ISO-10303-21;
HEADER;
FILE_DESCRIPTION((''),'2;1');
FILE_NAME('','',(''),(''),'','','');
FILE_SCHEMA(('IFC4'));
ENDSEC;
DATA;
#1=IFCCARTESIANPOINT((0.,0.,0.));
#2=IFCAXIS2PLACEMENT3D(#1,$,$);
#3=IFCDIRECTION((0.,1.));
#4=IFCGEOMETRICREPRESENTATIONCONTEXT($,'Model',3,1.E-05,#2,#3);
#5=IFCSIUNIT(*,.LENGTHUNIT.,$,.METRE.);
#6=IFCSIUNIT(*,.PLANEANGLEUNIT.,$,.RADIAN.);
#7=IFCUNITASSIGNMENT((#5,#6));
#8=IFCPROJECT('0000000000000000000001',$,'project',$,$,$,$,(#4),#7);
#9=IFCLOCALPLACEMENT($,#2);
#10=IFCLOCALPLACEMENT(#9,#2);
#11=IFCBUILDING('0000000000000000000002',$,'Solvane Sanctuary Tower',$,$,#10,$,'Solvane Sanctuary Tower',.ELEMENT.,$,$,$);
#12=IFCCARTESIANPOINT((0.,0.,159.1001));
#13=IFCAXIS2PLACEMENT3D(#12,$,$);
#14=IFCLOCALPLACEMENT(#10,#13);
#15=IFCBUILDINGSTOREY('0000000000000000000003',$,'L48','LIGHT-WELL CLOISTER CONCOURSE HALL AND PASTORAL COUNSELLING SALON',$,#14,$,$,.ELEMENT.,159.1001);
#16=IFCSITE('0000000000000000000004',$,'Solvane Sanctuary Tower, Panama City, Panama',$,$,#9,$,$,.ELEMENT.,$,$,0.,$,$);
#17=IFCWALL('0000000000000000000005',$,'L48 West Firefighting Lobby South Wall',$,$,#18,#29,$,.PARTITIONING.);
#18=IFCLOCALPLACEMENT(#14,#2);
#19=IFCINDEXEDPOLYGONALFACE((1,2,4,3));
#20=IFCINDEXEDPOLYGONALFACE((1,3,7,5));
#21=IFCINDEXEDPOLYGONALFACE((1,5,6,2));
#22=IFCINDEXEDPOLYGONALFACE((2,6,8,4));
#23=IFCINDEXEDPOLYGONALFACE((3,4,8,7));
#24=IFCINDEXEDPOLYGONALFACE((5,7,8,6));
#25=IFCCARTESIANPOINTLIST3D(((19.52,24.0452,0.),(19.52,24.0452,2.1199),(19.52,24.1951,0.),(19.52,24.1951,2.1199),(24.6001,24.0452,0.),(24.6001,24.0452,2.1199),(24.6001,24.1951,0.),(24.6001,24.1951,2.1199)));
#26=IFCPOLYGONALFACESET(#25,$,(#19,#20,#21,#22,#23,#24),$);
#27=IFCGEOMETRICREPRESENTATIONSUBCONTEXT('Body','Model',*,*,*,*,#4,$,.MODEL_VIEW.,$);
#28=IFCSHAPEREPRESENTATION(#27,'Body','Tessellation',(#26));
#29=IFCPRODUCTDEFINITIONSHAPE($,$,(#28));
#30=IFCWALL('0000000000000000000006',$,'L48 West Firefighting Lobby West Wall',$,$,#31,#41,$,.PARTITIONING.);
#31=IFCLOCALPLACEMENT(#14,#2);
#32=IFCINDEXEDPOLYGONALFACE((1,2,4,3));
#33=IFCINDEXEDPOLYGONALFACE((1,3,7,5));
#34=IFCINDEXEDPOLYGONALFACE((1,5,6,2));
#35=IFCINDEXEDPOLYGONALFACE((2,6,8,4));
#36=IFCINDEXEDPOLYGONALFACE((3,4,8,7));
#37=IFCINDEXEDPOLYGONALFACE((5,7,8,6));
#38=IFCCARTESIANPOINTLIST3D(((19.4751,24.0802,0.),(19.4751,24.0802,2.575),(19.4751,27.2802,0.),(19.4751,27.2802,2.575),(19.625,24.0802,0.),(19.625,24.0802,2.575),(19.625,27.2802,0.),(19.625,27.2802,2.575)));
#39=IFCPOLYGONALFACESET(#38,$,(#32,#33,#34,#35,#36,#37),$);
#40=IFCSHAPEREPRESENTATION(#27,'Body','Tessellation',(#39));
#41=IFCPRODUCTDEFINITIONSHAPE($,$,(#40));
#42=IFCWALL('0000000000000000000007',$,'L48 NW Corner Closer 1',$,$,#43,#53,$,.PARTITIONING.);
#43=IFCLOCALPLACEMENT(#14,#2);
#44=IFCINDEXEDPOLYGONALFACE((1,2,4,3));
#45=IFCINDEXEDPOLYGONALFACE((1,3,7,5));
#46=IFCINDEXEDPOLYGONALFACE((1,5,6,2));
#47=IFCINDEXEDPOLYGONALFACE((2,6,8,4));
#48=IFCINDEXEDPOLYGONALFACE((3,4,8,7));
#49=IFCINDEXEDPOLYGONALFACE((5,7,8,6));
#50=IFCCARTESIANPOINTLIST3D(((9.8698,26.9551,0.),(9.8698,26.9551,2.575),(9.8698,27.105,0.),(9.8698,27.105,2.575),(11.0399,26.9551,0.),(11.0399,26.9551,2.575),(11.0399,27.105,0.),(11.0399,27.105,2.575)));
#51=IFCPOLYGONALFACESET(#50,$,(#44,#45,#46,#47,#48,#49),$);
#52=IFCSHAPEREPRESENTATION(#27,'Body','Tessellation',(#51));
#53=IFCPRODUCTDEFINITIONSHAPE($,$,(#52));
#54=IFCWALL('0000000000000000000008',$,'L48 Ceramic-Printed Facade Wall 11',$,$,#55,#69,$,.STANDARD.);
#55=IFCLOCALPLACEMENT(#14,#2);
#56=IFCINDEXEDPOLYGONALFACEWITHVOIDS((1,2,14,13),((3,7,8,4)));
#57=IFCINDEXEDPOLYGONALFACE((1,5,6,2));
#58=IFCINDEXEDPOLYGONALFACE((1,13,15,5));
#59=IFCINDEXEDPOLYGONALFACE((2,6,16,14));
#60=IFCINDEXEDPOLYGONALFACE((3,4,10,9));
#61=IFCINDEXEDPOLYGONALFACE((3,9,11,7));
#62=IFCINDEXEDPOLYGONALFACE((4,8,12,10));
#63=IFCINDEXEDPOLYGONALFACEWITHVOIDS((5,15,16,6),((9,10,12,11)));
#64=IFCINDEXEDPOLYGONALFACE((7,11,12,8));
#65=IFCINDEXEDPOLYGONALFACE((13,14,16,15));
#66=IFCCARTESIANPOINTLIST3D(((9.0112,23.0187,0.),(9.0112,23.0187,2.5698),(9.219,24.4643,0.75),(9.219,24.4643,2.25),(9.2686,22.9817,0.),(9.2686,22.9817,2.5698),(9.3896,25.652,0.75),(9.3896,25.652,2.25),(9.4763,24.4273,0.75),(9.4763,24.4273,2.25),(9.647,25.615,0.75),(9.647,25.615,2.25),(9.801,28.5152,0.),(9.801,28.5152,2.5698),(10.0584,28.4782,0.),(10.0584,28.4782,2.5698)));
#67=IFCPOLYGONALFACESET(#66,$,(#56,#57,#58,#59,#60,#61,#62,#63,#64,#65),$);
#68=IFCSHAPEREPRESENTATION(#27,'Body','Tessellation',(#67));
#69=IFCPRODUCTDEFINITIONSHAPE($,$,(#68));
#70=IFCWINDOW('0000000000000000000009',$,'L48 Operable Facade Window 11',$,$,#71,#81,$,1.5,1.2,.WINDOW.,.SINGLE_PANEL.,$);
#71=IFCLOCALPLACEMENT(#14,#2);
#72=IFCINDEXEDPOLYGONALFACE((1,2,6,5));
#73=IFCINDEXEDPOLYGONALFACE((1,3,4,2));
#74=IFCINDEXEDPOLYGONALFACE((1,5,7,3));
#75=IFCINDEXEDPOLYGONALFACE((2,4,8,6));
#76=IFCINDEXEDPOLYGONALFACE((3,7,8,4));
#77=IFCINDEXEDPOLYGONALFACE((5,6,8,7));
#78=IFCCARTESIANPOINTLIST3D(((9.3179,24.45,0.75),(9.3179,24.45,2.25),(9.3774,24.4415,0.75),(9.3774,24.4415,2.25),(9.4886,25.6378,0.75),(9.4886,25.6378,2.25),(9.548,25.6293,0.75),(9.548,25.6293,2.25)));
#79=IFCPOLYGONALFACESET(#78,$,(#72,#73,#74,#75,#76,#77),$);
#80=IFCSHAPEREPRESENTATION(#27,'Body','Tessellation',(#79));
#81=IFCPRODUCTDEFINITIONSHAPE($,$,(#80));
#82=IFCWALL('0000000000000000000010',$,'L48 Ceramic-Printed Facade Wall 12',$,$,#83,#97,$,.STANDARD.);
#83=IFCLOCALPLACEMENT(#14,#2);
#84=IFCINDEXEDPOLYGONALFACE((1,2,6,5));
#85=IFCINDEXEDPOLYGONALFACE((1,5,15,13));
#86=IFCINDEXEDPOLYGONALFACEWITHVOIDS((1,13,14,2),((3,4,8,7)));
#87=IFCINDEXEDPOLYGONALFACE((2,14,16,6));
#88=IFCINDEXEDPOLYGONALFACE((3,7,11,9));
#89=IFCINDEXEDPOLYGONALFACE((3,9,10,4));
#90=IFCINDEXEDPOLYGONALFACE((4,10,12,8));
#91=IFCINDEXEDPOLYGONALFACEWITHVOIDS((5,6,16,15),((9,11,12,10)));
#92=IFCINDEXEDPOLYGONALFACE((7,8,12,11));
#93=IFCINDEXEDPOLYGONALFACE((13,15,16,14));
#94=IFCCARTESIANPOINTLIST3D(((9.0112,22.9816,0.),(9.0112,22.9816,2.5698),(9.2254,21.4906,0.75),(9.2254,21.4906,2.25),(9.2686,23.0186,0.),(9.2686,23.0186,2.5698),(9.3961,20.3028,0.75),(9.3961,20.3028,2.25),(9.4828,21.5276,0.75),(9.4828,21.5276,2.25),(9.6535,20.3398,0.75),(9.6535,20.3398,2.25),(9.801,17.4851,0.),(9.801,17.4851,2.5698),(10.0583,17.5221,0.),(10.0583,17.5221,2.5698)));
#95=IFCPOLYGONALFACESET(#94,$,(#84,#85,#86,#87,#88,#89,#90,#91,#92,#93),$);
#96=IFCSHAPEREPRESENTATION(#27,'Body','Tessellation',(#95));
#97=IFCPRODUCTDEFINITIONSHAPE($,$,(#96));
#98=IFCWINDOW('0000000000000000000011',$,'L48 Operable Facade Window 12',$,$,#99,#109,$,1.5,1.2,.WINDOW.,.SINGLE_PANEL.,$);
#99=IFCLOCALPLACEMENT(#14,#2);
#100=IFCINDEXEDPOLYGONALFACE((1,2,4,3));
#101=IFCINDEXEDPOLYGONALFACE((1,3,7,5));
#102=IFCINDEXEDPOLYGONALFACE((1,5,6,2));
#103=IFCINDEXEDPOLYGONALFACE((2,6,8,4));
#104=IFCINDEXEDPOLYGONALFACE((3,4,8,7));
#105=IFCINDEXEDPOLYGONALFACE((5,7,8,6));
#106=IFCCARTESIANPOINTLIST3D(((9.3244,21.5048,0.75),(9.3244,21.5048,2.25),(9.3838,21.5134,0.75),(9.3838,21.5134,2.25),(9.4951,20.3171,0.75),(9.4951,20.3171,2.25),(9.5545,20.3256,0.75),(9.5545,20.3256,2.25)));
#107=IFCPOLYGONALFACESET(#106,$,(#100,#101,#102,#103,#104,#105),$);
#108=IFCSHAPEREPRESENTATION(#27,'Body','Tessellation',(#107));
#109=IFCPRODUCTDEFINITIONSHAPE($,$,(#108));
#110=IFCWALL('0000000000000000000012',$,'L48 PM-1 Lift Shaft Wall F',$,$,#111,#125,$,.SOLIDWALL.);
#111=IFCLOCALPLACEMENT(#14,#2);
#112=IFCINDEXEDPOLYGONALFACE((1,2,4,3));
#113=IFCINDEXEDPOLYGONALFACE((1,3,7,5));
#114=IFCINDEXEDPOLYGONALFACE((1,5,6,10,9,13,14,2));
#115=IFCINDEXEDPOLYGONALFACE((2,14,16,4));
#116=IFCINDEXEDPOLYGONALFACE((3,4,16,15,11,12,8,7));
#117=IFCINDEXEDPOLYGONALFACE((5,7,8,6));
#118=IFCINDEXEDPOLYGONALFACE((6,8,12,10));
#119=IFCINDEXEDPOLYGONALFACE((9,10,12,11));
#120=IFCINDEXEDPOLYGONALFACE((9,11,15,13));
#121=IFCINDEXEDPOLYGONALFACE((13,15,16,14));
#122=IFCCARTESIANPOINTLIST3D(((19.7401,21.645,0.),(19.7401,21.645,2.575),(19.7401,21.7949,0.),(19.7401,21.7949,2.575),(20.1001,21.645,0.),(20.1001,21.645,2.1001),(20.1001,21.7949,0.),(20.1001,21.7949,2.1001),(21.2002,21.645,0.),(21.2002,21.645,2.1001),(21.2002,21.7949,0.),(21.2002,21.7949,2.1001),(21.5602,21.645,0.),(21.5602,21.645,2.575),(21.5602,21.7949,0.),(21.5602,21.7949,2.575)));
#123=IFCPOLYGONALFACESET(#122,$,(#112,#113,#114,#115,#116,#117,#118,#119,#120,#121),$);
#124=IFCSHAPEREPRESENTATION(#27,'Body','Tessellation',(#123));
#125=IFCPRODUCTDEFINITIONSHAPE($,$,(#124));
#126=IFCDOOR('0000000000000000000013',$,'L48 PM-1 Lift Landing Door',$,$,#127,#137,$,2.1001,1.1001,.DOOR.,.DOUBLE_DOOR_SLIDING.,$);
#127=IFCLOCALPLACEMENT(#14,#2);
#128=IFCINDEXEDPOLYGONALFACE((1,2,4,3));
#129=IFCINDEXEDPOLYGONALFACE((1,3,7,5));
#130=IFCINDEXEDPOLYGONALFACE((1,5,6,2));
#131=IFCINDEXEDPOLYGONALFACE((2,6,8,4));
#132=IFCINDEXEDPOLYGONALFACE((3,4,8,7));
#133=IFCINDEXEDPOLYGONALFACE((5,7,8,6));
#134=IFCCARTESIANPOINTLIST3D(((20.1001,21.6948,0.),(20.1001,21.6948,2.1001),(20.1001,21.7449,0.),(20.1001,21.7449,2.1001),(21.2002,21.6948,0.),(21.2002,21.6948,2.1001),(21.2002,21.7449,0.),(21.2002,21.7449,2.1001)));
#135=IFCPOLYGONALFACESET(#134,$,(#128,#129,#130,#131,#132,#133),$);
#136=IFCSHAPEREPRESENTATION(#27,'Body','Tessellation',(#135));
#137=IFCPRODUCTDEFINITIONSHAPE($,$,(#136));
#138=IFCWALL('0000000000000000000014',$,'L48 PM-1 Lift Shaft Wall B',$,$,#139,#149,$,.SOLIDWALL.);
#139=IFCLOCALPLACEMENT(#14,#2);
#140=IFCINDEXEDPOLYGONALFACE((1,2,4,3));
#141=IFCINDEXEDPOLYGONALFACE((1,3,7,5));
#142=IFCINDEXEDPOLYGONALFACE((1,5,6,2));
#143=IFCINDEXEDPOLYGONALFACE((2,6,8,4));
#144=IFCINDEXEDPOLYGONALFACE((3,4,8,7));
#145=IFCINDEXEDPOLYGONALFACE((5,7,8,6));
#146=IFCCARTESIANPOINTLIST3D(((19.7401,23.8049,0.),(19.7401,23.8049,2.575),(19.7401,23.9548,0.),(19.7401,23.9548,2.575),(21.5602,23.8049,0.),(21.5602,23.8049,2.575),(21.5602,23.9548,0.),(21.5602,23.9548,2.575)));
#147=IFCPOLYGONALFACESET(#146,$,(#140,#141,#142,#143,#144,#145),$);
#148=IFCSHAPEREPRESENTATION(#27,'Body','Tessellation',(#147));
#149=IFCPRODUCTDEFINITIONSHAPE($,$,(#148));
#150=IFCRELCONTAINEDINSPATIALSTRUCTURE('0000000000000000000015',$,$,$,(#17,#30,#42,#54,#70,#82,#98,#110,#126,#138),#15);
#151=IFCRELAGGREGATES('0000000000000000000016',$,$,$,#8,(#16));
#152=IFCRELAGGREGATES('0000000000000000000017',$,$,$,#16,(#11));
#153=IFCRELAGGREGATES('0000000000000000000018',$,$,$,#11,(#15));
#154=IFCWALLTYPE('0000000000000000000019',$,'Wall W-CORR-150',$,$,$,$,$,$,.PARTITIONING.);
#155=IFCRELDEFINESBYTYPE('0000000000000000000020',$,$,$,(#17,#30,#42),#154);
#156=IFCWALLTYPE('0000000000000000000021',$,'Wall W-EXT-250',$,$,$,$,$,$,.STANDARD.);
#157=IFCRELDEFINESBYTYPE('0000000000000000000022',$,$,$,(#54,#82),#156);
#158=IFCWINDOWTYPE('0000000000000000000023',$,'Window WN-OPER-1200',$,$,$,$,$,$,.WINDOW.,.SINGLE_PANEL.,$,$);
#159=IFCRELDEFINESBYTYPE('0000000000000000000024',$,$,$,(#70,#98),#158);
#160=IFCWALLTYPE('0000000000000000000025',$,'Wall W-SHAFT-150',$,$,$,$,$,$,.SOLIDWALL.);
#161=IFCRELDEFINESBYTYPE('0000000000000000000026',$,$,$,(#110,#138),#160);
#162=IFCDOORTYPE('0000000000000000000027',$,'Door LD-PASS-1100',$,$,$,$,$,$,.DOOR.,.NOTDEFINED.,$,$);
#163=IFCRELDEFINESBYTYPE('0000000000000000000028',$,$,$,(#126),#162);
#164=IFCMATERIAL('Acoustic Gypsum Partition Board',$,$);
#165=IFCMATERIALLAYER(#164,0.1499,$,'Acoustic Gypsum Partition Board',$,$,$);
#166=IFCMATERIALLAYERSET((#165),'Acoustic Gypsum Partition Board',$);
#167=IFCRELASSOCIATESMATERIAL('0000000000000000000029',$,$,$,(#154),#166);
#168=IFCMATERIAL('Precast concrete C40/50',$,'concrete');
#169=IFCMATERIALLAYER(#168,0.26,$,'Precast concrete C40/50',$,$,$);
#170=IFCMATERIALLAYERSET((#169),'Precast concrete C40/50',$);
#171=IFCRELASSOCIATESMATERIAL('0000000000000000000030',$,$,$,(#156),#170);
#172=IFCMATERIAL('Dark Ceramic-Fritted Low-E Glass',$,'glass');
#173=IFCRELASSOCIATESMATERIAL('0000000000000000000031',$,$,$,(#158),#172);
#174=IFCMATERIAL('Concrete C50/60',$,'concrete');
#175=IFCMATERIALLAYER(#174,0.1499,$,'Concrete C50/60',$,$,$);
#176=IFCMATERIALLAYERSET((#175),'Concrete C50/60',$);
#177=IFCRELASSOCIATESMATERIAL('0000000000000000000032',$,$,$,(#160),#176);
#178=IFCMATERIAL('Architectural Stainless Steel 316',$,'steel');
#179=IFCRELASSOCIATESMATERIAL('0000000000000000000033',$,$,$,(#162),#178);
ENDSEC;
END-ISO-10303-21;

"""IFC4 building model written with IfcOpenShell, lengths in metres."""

from ifc_helpers import new_model, si_unit, direction, frame, frame_2d, origin, place, context, subcontext, project, spatial, rectangle, extrude, material, layer, layer_set, type_object, element, fill, save


model = new_model("IFC4")

# Units and contexts
model_context = context("Model", 3, precision=1e-05, world=origin(), true_north=direction((0.0, 1.0)))
body_context = subcontext(model_context, "Body", "Model", "MODEL_VIEW")
ifc_project = project(units=[si_unit("LENGTHUNIT", "METRE"), si_unit("PLANEANGLEUNIT", "RADIAN")], contexts=[model_context])

# Site, building, storey
site_placement = place(None, origin())
site = spatial("IfcSite", under=ifc_project, at=site_placement, Name="Solvane Sanctuary Tower, Panama City, Panama", CompositionType="ELEMENT", RefElevation=0.0)
building_placement = place(site_placement, origin())
building = spatial("IfcBuilding", under=site, at=building_placement, Name="Solvane Sanctuary Tower", LongName="Solvane Sanctuary Tower", CompositionType="ELEMENT")
storey_placement = place(building_placement, frame((0.0, 0.0, 159.1001)))
storey = spatial("IfcBuildingStorey", under=building, at=storey_placement, Name="L48", Description="LIGHT-WELL CLOISTER CONCOURSE HALL AND PASTORAL COUNSELLING SALON", CompositionType="ELEMENT", Elevation=159.1001)

# Walls
ifc_material_1 = material(Name="Acoustic Gypsum Partition Board")
ifc_layer_1 = layer(ifc_material_1, 0.1499, Name="Acoustic Gypsum Partition Board")
ifc_layer_set_1 = layer_set([ifc_layer_1], Name="Acoustic Gypsum Partition Board")
wall_type_1 = type_object("IfcWallType", Name="Wall W-CORR-150", PredefinedType="PARTITIONING", material=ifc_layer_set_1)
wall_1_placement = place(storey_placement, frame((19.52, 24.1201, 0.0), z_axis=(0.0, 0.0, 1.0), x_axis=(1.0, 0.0, 0.0)))
element("IfcWall", 1, at=wall_1_placement, inside=storey, type_object=wall_type_1, Name="L48 West Firefighting Lobby South Wall", PredefinedType="PARTITIONING", context=body_context, shape_type="SweptSolid", body=[
    extrude(rectangle(XDim=5.0801, YDim=0.1499, at=frame_2d((2.54, 0.0))), origin(), (0.0, 0.0, 1.0), 2.1199),
])
wall_2_placement = place(storey_placement, frame((19.55, 24.0801, 0.0), z_axis=(0.0, 0.0, 1.0), x_axis=(0.0, 1.0, 0.0)))
element("IfcWall", 2, at=wall_2_placement, inside=storey, type_object=wall_type_1, Name="L48 West Firefighting Lobby West Wall", PredefinedType="PARTITIONING", context=body_context, shape_type="SweptSolid", body=[
    extrude(rectangle(XDim=3.2, YDim=0.1499, at=frame_2d((1.6001, 0.0))), origin(), (0.0, 0.0, 1.0), 2.575),
])
wall_3_placement = place(storey_placement, frame((9.8699, 27.03, 0.0), z_axis=(0.0, 0.0, 1.0), x_axis=(1.0, 0.0, 0.0)))
element("IfcWall", 3, at=wall_3_placement, inside=storey, type_object=wall_type_1, Name="L48 NW Corner Closer 1", PredefinedType="PARTITIONING", context=body_context, shape_type="SweptSolid", body=[
    extrude(rectangle(XDim=1.1702, YDim=0.1499, at=frame_2d((0.585, 0.0))), origin(), (0.0, 0.0, 1.0), 2.575),
])

# Walls, openings, windows
ifc_material_2 = material(Name="Precast concrete C40/50", Category="concrete")
ifc_layer_2 = layer(ifc_material_2, 0.26, Name="Precast concrete C40/50")
ifc_layer_set_2 = layer_set([ifc_layer_2], Name="Precast concrete C40/50")
wall_type_2 = type_object("IfcWallType", Name="Wall W-EXT-250", PredefinedType="STANDARD", material=ifc_layer_set_2)
wall_4_placement = place(storey_placement, frame((9.9297, 28.4966, 0.0), z_axis=(0.0, 0.0, 1.0), x_axis=(-0.142228, -0.989834, 0.0)))
wall_4 = element("IfcWall", 4, at=wall_4_placement, inside=storey, type_object=wall_type_2, Name="L48 Ceramic-Printed Facade Wall 11", PredefinedType="STANDARD", context=body_context, shape_type="SweptSolid", body=[
    extrude(rectangle(XDim=5.553, YDim=0.26, at=frame_2d((2.7764, 0.0))), origin(), (0.0, 0.0, 1.0), 2.5698),
])
opening_1_placement = place(wall_4_placement, frame((2.8923, 0.0, 0.75)))
opening_1 = element("IfcOpeningElement", 5, at=opening_1_placement, cuts=wall_4, PredefinedType="OPENING", context=body_context, shape_type="SweptSolid", body=[
    extrude(rectangle(XDim=1.2, YDim=1.5, at=frame_2d((0.6001, 0.75))), frame((0.0, 0.1399, 0.0), z_axis=(0.0, -1.0, 0.0), x_axis=(1.0, 0.0, 0.0)), (0.0, 0.0, 1.0), 0.28),
])
ifc_material_3 = material(Name="Dark Ceramic-Fritted Low-E Glass", Category="glass")
window_type = type_object("IfcWindowType", Name="Window WN-OPER-1200", PartitioningType="SINGLE_PANEL", PredefinedType="WINDOW", material=ifc_material_3)
window_1_placement = place(opening_1_placement, origin())
window_1 = element("IfcWindow", 6, at=window_1_placement, inside=storey, type_object=window_type, Name="L48 Operable Facade Window 11", OverallHeight=1.5, OverallWidth=1.2, PartitioningType="SINGLE_PANEL", PredefinedType="WINDOW", context=body_context, shape_type="SweptSolid", body=[
    extrude(rectangle(XDim=1.2, YDim=1.5, at=frame_2d((0.6001, 0.75))), frame((0.0, 0.03, 0.0), z_axis=(0.0, -1.0, 0.0), x_axis=(1.0, 0.0, 0.0)), (0.0, 0.0, 1.0), 0.0601),
])
fill(opening_1, window_1)
wall_5_placement = place(storey_placement, frame((9.1399, 23.0, 0.0), z_axis=(0.0, 0.0, 1.0), x_axis=(0.142228, -0.989834, 0.0)))
wall_5 = element("IfcWall", 7, at=wall_5_placement, inside=storey, type_object=wall_type_2, Name="L48 Ceramic-Printed Facade Wall 12", PredefinedType="STANDARD", context=body_context, shape_type="SweptSolid", body=[
    extrude(rectangle(XDim=5.553, YDim=0.26, at=frame_2d((2.7764, 0.0))), origin(), (0.0, 0.0, 1.0), 2.5698),
])
opening_2_placement = place(wall_5_placement, frame((1.5061, 0.0, 0.75)))
opening_2 = element("IfcOpeningElement", 8, at=opening_2_placement, cuts=wall_5, PredefinedType="OPENING", context=body_context, shape_type="SweptSolid", body=[
    extrude(rectangle(XDim=1.2, YDim=1.5, at=frame_2d((0.6001, 0.75))), frame((0.0, 0.1399, 0.0), z_axis=(0.0, -1.0, 0.0), x_axis=(1.0, 0.0, 0.0)), (0.0, 0.0, 1.0), 0.28),
])
window_2_placement = place(opening_2_placement, origin())
window_2 = element("IfcWindow", 9, at=window_2_placement, inside=storey, type_object=window_type, Name="L48 Operable Facade Window 12", OverallHeight=1.5, OverallWidth=1.2, PartitioningType="SINGLE_PANEL", PredefinedType="WINDOW", context=body_context, shape_type="SweptSolid", body=[
    extrude(rectangle(XDim=1.2, YDim=1.5, at=frame_2d((0.6001, 0.75))), frame((0.0, 0.03, 0.0), z_axis=(0.0, -1.0, 0.0), x_axis=(1.0, 0.0, 0.0)), (0.0, 0.0, 1.0), 0.0601),
])
fill(opening_2, window_2)

# Wall, opening, door
ifc_material_4 = material(Name="Concrete C50/60", Category="concrete")
ifc_layer_3 = layer(ifc_material_4, 0.1499, Name="Concrete C50/60")
ifc_layer_set_3 = layer_set([ifc_layer_3], Name="Concrete C50/60")
wall_type_3 = type_object("IfcWallType", Name="Wall W-SHAFT-150", PredefinedType="SOLIDWALL", material=ifc_layer_set_3)
wall_6_placement = place(storey_placement, frame((19.74, 21.72, 0.0), z_axis=(0.0, 0.0, 1.0), x_axis=(1.0, 0.0, 0.0)))
wall_6 = element("IfcWall", 10, at=wall_6_placement, inside=storey, type_object=wall_type_3, Name="L48 PM-1 Lift Shaft Wall F", PredefinedType="SOLIDWALL", context=body_context, shape_type="SweptSolid", body=[
    extrude(rectangle(XDim=1.8201, YDim=0.1499, at=frame_2d((0.9102, 0.0))), origin(), (0.0, 0.0, 1.0), 2.575),
])
opening_3_placement = place(wall_6_placement, frame((0.3601, 0.0, 0.0)))
opening_3 = element("IfcOpeningElement", 11, at=opening_3_placement, cuts=wall_6, PredefinedType="OPENING", context=body_context, shape_type="SweptSolid", body=[
    extrude(rectangle(XDim=1.1001, YDim=2.1001, at=frame_2d((0.55, 1.05))), frame((0.0, 0.085, 0.0), z_axis=(0.0, -1.0, 0.0), x_axis=(1.0, 0.0, 0.0)), (0.0, 0.0, 1.0), 0.1699),
])
ifc_material_5 = material(Name="Architectural Stainless Steel 316", Category="steel")
door_type_1 = type_object("IfcDoorType", Name="Door LD-PASS-1100", OperationType="NOTDEFINED", PredefinedType="DOOR", material=ifc_material_5)
door_1_placement = place(opening_3_placement, origin())
door_1 = element("IfcDoor", 12, at=door_1_placement, inside=storey, type_object=door_type_1, Name="L48 PM-1 Lift Landing Door", OperationType="DOUBLE_DOOR_SLIDING", OverallHeight=2.1001, OverallWidth=1.1001, PredefinedType="DOOR", context=body_context, shape_type="SweptSolid", body=[
    extrude(rectangle(XDim=1.1001, YDim=2.1001, at=frame_2d((0.55, 1.05))), frame((0.0, 0.0249, 0.0), z_axis=(0.0, -1.0, 0.0), x_axis=(1.0, 0.0, 0.0)), (0.0, 0.0, 1.0), 0.05),
])
fill(opening_3, door_1)

# Wall
wall_7_placement = place(storey_placement, frame((19.74, 23.8799, 0.0), z_axis=(0.0, 0.0, 1.0), x_axis=(1.0, 0.0, 0.0)))
element("IfcWall", 13, at=wall_7_placement, inside=storey, type_object=wall_type_3, Name="L48 PM-1 Lift Shaft Wall B", PredefinedType="SOLIDWALL", context=body_context, shape_type="SweptSolid", body=[
    extrude(rectangle(XDim=1.8201, YDim=0.1499, at=frame_2d((0.9102, 0.0))), origin(), (0.0, 0.0, 1.0), 2.575),
])

save(model, "model.ifc")
